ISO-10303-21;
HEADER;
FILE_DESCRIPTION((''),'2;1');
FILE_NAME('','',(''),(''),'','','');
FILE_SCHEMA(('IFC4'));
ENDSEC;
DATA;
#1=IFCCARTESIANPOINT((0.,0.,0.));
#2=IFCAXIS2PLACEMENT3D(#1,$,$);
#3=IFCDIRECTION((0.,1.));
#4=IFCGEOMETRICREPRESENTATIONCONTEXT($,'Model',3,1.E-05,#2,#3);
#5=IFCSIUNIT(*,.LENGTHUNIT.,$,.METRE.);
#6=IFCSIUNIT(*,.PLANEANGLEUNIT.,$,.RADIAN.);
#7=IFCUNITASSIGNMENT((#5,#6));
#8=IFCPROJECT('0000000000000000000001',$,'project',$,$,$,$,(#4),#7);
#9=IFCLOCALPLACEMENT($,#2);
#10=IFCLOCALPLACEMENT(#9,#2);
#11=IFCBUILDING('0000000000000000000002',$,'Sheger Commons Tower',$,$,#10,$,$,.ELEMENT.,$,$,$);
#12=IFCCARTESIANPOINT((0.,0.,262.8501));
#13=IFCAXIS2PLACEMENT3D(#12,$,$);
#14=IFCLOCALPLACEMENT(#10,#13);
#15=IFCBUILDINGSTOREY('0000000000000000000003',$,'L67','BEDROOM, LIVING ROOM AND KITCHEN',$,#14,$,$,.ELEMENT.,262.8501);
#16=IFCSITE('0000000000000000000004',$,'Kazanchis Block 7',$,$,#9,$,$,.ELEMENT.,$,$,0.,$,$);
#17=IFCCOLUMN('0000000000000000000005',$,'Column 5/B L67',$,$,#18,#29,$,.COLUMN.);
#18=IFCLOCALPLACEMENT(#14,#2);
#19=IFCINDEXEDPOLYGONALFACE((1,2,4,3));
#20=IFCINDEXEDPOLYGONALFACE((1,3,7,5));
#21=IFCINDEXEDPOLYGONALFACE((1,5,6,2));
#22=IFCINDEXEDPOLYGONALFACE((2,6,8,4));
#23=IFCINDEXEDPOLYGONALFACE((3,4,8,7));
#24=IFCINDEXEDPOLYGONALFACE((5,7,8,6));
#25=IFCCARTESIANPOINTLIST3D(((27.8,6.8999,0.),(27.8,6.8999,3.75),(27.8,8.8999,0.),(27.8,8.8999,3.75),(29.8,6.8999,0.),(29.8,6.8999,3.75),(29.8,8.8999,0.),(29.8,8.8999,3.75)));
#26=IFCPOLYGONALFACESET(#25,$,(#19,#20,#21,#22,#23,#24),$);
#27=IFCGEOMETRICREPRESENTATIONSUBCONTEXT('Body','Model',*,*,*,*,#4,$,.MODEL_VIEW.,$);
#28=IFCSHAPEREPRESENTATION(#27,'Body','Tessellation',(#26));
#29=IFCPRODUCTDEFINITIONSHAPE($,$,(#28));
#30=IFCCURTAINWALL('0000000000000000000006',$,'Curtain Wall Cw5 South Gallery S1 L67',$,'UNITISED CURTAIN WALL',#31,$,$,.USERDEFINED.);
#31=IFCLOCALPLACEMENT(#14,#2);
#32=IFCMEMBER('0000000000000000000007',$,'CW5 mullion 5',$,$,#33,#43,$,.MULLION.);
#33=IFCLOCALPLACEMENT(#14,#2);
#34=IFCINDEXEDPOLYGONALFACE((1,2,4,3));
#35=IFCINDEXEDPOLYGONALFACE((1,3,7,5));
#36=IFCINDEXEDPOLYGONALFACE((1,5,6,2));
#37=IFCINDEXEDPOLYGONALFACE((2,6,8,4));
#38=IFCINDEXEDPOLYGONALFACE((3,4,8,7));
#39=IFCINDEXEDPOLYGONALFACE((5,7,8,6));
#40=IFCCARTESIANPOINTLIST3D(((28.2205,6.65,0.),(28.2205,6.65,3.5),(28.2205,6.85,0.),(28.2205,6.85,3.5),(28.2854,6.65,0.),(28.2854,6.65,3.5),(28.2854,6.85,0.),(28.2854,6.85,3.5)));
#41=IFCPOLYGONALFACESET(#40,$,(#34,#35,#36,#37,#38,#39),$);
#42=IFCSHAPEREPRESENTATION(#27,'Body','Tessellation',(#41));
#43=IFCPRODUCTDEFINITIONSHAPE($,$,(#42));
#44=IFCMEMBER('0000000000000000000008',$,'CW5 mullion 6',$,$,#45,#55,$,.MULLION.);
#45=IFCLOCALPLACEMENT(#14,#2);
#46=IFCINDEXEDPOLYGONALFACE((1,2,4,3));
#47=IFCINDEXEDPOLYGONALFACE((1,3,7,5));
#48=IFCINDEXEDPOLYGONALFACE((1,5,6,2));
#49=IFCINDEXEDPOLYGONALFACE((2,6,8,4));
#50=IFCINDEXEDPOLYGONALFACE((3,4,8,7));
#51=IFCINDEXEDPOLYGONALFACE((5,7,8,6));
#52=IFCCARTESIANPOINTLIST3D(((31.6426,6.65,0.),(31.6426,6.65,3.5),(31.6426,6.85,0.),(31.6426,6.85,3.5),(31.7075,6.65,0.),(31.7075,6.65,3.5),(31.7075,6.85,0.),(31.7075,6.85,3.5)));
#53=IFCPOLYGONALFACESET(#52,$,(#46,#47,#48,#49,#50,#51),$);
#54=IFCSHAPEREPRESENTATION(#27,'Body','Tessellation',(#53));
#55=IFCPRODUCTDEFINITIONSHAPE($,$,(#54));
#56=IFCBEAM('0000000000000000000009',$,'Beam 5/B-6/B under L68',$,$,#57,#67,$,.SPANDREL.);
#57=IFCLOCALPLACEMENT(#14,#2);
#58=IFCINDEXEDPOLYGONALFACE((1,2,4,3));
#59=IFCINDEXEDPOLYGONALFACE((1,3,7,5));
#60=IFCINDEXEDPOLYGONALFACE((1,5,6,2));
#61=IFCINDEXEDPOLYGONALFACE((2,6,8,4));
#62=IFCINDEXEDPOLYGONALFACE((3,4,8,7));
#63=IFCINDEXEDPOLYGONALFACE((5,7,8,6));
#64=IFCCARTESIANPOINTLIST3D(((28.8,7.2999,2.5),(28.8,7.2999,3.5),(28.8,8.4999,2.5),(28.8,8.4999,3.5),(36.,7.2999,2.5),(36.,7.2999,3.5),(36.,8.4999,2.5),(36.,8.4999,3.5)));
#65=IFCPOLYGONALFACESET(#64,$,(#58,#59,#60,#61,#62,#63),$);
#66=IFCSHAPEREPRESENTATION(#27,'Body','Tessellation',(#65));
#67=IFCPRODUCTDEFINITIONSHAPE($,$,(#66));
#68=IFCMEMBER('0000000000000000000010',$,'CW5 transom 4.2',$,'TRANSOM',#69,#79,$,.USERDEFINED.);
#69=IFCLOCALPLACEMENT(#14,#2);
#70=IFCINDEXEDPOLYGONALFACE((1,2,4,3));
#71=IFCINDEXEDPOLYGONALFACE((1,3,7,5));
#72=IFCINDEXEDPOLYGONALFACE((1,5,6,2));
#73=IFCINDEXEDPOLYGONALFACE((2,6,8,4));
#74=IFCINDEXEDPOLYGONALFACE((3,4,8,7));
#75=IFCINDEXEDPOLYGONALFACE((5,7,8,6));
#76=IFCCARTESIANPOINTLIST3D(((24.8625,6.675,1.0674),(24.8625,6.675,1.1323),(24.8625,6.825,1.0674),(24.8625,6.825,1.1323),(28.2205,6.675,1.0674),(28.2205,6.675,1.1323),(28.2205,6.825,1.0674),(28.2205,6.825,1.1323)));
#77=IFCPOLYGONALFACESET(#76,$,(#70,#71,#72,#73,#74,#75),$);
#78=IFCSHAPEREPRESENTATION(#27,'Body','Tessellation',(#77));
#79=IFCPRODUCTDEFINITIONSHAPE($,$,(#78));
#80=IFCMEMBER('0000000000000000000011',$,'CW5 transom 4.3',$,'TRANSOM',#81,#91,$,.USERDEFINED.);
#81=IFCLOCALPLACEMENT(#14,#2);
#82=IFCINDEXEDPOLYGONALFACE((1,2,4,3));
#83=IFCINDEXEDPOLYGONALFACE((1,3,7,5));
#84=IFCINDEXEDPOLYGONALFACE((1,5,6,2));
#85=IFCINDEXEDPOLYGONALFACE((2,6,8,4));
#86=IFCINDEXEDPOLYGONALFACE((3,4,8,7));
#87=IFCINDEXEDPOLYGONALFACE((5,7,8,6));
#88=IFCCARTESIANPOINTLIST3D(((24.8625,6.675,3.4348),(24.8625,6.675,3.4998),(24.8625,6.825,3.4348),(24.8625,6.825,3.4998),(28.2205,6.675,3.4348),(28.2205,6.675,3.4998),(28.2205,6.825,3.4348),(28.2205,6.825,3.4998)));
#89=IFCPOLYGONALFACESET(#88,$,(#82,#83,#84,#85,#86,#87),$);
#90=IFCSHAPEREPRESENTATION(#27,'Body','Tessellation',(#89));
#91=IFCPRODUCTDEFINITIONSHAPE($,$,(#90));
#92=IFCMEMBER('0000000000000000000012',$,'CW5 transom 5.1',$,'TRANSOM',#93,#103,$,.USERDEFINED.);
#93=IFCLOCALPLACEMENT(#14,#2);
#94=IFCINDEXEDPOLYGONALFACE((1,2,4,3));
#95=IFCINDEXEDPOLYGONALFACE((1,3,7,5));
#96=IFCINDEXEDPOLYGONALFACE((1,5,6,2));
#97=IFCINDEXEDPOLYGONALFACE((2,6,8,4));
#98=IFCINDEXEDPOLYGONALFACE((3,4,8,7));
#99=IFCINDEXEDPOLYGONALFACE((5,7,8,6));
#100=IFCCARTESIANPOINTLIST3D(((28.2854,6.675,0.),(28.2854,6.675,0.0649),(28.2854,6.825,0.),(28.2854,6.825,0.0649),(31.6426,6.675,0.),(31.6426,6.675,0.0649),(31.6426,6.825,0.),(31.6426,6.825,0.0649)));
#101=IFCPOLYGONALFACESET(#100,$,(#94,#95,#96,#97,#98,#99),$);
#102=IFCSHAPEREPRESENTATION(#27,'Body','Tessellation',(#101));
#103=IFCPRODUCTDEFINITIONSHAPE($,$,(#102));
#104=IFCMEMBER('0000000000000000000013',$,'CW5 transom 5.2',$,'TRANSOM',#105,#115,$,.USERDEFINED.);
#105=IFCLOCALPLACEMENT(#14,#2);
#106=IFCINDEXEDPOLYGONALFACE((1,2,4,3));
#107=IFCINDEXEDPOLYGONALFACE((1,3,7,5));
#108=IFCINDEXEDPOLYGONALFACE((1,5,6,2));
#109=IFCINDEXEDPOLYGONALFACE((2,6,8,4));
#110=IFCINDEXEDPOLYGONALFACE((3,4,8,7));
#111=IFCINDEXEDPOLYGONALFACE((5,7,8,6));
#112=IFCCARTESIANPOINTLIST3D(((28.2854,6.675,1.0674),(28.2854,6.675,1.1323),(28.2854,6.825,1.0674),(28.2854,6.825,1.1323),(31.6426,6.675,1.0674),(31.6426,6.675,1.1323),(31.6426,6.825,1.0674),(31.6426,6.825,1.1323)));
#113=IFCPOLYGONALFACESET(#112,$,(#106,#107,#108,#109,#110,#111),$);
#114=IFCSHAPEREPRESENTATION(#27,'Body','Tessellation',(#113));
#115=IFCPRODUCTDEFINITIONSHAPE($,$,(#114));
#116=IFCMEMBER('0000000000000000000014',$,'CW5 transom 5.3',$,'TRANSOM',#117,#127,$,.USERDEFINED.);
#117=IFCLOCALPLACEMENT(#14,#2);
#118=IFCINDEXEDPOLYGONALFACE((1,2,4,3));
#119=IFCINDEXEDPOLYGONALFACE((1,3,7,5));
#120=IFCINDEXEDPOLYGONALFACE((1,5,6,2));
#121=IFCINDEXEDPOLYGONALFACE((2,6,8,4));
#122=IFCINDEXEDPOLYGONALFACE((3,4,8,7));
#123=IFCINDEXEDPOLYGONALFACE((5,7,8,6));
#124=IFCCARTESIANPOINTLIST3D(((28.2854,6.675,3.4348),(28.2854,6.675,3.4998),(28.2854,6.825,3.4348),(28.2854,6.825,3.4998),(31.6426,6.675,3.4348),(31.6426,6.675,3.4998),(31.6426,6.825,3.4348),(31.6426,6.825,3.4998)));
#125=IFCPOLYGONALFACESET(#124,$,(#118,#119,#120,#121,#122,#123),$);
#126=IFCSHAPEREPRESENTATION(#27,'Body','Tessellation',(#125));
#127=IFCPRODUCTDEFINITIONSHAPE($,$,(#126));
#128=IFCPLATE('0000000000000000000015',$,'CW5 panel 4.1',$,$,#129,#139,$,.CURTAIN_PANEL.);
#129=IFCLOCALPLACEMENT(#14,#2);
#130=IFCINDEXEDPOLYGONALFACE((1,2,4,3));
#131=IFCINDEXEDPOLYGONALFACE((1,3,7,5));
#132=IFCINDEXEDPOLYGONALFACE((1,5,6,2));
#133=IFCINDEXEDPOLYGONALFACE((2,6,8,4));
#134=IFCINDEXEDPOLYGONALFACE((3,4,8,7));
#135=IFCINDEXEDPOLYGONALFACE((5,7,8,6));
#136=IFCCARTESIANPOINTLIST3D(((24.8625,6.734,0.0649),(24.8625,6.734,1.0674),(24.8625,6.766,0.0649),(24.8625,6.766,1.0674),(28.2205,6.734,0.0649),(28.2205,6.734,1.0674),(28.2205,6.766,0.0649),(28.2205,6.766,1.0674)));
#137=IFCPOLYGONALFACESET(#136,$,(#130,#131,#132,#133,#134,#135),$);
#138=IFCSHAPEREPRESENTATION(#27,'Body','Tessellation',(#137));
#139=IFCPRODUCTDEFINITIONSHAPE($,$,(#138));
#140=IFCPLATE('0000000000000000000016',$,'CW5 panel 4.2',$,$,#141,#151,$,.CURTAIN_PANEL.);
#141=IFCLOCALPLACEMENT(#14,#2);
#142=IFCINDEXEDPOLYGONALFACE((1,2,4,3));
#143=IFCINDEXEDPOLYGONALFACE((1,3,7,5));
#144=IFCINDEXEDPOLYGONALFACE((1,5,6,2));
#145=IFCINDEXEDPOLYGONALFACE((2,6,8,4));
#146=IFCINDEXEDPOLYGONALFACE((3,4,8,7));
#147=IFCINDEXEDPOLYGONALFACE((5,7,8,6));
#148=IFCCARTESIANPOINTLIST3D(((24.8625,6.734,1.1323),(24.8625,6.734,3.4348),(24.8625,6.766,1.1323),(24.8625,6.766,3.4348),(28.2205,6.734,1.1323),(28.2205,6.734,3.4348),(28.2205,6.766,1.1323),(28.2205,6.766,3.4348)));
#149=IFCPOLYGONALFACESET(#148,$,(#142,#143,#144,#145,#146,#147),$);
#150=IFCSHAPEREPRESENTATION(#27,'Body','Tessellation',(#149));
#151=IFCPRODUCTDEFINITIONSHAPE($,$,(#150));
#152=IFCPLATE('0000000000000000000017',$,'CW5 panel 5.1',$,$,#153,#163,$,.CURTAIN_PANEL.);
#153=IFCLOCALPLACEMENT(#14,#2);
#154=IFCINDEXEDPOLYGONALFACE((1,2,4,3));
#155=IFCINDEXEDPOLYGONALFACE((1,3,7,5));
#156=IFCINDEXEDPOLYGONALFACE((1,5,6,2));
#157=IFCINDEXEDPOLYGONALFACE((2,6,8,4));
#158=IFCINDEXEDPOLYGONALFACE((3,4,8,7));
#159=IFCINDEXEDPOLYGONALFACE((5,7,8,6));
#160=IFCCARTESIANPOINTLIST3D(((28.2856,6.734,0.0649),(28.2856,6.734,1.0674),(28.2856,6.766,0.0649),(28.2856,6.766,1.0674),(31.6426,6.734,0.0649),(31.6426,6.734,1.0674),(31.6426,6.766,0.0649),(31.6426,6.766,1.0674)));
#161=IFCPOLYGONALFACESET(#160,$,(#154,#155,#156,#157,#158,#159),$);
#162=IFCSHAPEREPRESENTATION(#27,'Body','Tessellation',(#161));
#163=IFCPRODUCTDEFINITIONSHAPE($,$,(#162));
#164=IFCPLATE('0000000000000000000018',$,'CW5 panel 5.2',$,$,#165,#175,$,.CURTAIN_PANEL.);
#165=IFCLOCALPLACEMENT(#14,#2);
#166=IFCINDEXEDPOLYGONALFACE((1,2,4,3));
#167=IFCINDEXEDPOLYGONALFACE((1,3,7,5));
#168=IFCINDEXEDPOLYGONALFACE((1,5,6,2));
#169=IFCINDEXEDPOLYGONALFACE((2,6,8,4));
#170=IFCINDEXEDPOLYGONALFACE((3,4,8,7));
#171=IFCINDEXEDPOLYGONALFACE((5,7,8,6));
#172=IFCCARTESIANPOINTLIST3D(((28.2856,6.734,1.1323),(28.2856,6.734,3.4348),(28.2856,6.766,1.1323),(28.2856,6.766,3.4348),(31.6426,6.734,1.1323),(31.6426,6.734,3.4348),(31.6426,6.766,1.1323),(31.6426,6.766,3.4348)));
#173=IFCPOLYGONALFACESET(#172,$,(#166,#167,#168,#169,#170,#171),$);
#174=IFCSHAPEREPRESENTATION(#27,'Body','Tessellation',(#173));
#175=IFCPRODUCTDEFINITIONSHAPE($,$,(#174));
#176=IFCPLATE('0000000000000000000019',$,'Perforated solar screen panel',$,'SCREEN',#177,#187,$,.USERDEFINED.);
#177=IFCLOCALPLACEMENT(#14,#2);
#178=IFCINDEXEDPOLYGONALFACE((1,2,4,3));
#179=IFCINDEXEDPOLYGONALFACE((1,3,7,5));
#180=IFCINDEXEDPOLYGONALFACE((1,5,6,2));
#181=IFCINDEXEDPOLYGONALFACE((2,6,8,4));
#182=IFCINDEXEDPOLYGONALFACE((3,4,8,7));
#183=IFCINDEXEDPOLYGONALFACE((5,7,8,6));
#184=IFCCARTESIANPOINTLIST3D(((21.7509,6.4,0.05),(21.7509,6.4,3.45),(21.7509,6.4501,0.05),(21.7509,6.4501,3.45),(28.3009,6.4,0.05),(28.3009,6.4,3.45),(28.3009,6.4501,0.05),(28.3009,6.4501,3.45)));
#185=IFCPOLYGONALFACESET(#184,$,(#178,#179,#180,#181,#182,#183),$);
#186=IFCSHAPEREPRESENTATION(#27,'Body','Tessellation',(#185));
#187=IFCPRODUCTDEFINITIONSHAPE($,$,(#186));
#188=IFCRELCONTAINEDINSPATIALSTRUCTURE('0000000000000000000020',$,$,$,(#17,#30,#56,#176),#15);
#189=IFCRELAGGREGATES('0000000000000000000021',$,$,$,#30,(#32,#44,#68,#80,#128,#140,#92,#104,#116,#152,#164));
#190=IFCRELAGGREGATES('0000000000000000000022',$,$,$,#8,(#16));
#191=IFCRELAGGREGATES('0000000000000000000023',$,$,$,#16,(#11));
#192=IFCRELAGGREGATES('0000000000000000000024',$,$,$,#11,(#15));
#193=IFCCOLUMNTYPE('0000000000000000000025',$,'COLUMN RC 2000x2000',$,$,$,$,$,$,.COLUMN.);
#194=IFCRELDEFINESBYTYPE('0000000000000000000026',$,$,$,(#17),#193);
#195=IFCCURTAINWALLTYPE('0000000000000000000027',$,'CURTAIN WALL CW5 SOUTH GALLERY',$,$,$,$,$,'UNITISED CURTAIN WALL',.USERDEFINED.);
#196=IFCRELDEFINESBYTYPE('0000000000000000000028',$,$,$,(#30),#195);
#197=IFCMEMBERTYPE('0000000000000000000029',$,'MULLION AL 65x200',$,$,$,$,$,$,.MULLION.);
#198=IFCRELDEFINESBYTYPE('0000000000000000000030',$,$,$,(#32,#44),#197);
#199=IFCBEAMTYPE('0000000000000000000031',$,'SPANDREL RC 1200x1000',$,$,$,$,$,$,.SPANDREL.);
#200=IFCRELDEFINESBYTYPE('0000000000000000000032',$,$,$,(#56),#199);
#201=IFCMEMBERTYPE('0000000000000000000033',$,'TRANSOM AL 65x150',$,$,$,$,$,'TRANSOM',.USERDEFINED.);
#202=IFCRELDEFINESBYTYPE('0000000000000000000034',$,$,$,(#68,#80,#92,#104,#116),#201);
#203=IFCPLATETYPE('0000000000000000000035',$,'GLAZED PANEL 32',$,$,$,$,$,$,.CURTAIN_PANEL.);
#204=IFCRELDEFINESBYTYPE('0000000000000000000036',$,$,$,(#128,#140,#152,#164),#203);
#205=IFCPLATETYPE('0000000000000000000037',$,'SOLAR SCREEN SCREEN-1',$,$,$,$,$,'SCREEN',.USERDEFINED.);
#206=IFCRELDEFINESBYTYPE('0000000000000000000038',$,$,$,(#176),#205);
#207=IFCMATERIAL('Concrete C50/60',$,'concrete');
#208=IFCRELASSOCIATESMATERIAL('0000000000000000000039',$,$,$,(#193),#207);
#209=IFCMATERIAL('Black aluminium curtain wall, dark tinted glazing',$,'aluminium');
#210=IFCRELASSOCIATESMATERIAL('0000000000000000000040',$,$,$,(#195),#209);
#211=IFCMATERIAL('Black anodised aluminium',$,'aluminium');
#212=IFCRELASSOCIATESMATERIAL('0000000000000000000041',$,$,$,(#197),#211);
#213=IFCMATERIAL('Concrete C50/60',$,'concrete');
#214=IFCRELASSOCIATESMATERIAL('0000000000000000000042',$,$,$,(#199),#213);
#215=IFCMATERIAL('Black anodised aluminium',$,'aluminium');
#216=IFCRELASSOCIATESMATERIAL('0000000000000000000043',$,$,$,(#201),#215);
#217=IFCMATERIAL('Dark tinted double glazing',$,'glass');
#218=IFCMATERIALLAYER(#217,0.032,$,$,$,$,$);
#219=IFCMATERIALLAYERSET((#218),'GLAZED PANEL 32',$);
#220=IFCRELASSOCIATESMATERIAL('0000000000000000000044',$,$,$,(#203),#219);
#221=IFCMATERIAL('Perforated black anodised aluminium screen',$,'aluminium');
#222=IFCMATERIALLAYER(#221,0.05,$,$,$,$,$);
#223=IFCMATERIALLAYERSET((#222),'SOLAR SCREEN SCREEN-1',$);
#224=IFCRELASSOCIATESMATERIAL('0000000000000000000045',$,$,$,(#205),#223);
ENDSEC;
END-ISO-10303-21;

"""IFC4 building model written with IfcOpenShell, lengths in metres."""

from ifc_helpers import new_model, si_unit, direction, frame, origin, origin_2d, place, context, subcontext, project, spatial, rectangle, extrude, material, layer, layer_set, material_profile, profile_set, type_object, element, aggregate, save


model = new_model("IFC4")

# Units and contexts
model_context = context("Model", 3, precision=1e-05, world=origin(), true_north=direction((0.0, 1.0)))
body_context = subcontext(model_context, "Body", "Model", "MODEL_VIEW")
ifc_project = project(units=[si_unit("LENGTHUNIT", "METRE"), si_unit("PLANEANGLEUNIT", "RADIAN")], contexts=[model_context])

# Site, building, storey
site_placement = place(None, origin())
site = spatial("IfcSite", under=ifc_project, at=site_placement, Name="Kazanchis Block 7", CompositionType="ELEMENT", RefElevation=0.0)
building_placement = place(site_placement, origin())
building = spatial("IfcBuilding", under=site, at=building_placement, Name="Sheger Commons Tower", CompositionType="ELEMENT")
storey_placement = place(building_placement, frame((0.0, 0.0, 262.8501)))
storey = spatial("IfcBuildingStorey", under=building, at=storey_placement, Name="L67", Description="BEDROOM, LIVING ROOM AND KITCHEN", CompositionType="ELEMENT", Elevation=262.8501)

# Column
ifc_material_1 = material(Name="Concrete C50/60", Category="concrete")
ifc_material_profile_1 = material_profile(ifc_material_1, rectangle(XDim=2.0, YDim=2.0, at=origin_2d()), Name="RC 2000x2000")
ifc_profile_set_1 = profile_set([ifc_material_profile_1], Name="Concrete C50/60")
column_type = type_object("IfcColumnType", Name="COLUMN RC 2000x2000", PredefinedType="COLUMN", material=ifc_profile_set_1)
column_placement = place(storey_placement, frame((28.8, 7.8999, 0.0), z_axis=(0.0, 0.0, 1.0), x_axis=(1.0, 0.0, 0.0)))
element("IfcColumn", 1, at=column_placement, inside=storey, type_object=column_type, Name="Column 5/B L67", PredefinedType="COLUMN", context=body_context, shape_type="SweptSolid", body=[
    extrude(rectangle(XDim=2.0, YDim=2.0, at=origin_2d()), origin(), (0.0, 0.0, 1.0), 3.75),
])

# Curtain wall, members
ifc_material_2 = material(Name="Black aluminium curtain wall, dark tinted glazing", Category="aluminium")
curtain_wall_type = type_object("IfcCurtainWallType", Name="CURTAIN WALL CW5 SOUTH GALLERY", ElementType="UNITISED CURTAIN WALL", PredefinedType="USERDEFINED", material=ifc_material_2)
curtain_wall_placement = place(storey_placement, origin())
curtain_wall = element("IfcCurtainWall", 2, at=curtain_wall_placement, inside=storey, type_object=curtain_wall_type, Name="Curtain Wall Cw5 South Gallery S1 L67", ObjectType="UNITISED CURTAIN WALL", PredefinedType="USERDEFINED")
ifc_material_3 = material(Name="Black anodised aluminium", Category="aluminium")
ifc_material_profile_2 = material_profile(ifc_material_3, rectangle(XDim=0.2, YDim=0.0649, at=origin_2d()), Name="AL 65x200")
ifc_profile_set_2 = profile_set([ifc_material_profile_2], Name="Black anodised aluminium")
member_type_1 = type_object("IfcMemberType", Name="MULLION AL 65x200", PredefinedType="MULLION", material=ifc_profile_set_2)
member_1_placement = place(storey_placement, frame((28.2529, 6.75, 0.0), z_axis=(0.0, 0.0, 1.0), x_axis=(0.0, 1.0, 0.0)))
member_1 = element("IfcMember", 3, at=member_1_placement, type_object=member_type_1, Name="CW5 mullion 5", PredefinedType="MULLION", context=body_context, shape_type="SweptSolid", body=[
    extrude(rectangle(XDim=0.2, YDim=0.0649, at=origin_2d()), origin(), (0.0, 0.0, 1.0), 3.5),
])
member_2_placement = place(storey_placement, frame((31.675, 6.75, 0.0), z_axis=(0.0, 0.0, 1.0), x_axis=(0.0, 1.0, 0.0)))
member_2 = element("IfcMember", 4, at=member_2_placement, type_object=member_type_1, Name="CW5 mullion 6", PredefinedType="MULLION", context=body_context, shape_type="SweptSolid", body=[
    extrude(rectangle(XDim=0.2, YDim=0.0649, at=origin_2d()), origin(), (0.0, 0.0, 1.0), 3.5),
])

# Beam
ifc_material_4 = material(Name="Concrete C50/60", Category="concrete")
ifc_material_profile_3 = material_profile(ifc_material_4, rectangle(XDim=1.2, YDim=1.0, at=origin_2d()), Name="RC 1200x1000")
ifc_profile_set_3 = profile_set([ifc_material_profile_3], Name="Concrete C50/60")
beam_type = type_object("IfcBeamType", Name="SPANDREL RC 1200x1000", PredefinedType="SPANDREL", material=ifc_profile_set_3)
beam_placement = place(storey_placement, frame((28.8, 7.8999, 3.0), z_axis=(1.0, 0.0, 0.0), x_axis=(0.0, 1.0, 0.0)))
element("IfcBeam", 5, at=beam_placement, inside=storey, type_object=beam_type, Name="Beam 5/B-6/B under L68", PredefinedType="SPANDREL", context=body_context, shape_type="SweptSolid", body=[
    extrude(rectangle(XDim=1.2, YDim=1.0, at=origin_2d()), origin(), (0.0, 0.0, 1.0), 7.2),
])

# Members
ifc_material_5 = material(Name="Black anodised aluminium", Category="aluminium")
ifc_material_profile_4 = material_profile(ifc_material_5, rectangle(XDim=0.1499, YDim=0.0649, at=origin_2d()), Name="AL 65x150")
ifc_profile_set_4 = profile_set([ifc_material_profile_4], Name="Black anodised aluminium")
member_type_2 = type_object("IfcMemberType", Name="TRANSOM AL 65x150", ElementType="TRANSOM", PredefinedType="USERDEFINED", material=ifc_profile_set_4)
member_3_placement = place(storey_placement, frame((24.8625, 6.75, 1.0999), z_axis=(1.0, 0.0, 0.0), x_axis=(0.0, 1.0, 0.0)))
member_3 = element("IfcMember", 6, at=member_3_placement, type_object=member_type_2, Name="CW5 transom 4.2", ObjectType="TRANSOM", PredefinedType="USERDEFINED", context=body_context, shape_type="SweptSolid", body=[
    extrude(rectangle(XDim=0.1499, YDim=0.0649, at=origin_2d()), origin(), (0.0, 0.0, 1.0), 3.3579),
])
member_4_placement = place(storey_placement, frame((24.8625, 6.75, 3.4673), z_axis=(1.0, 0.0, 0.0), x_axis=(0.0, 1.0, 0.0)))
member_4 = element("IfcMember", 7, at=member_4_placement, type_object=member_type_2, Name="CW5 transom 4.3", ObjectType="TRANSOM", PredefinedType="USERDEFINED", context=body_context, shape_type="SweptSolid", body=[
    extrude(rectangle(XDim=0.1499, YDim=0.0649, at=origin_2d()), origin(), (0.0, 0.0, 1.0), 3.3579),
])
member_5_placement = place(storey_placement, frame((28.2854, 6.75, 0.0325), z_axis=(1.0, 0.0, 0.0), x_axis=(0.0, 1.0, 0.0)))
member_5 = element("IfcMember", 8, at=member_5_placement, type_object=member_type_2, Name="CW5 transom 5.1", ObjectType="TRANSOM", PredefinedType="USERDEFINED", context=body_context, shape_type="SweptSolid", body=[
    extrude(rectangle(XDim=0.1499, YDim=0.0649, at=origin_2d()), origin(), (0.0, 0.0, 1.0), 3.3572),
])
member_6_placement = place(storey_placement, frame((28.2854, 6.75, 1.0999), z_axis=(1.0, 0.0, 0.0), x_axis=(0.0, 1.0, 0.0)))
member_6 = element("IfcMember", 9, at=member_6_placement, type_object=member_type_2, Name="CW5 transom 5.2", ObjectType="TRANSOM", PredefinedType="USERDEFINED", context=body_context, shape_type="SweptSolid", body=[
    extrude(rectangle(XDim=0.1499, YDim=0.0649, at=origin_2d()), origin(), (0.0, 0.0, 1.0), 3.3572),
])
member_7_placement = place(storey_placement, frame((28.2854, 6.75, 3.4673), z_axis=(1.0, 0.0, 0.0), x_axis=(0.0, 1.0, 0.0)))
member_7 = element("IfcMember", 10, at=member_7_placement, type_object=member_type_2, Name="CW5 transom 5.3", ObjectType="TRANSOM", PredefinedType="USERDEFINED", context=body_context, shape_type="SweptSolid", body=[
    extrude(rectangle(XDim=0.1499, YDim=0.0649, at=origin_2d()), origin(), (0.0, 0.0, 1.0), 3.3572),
])

# Plates
ifc_material_6 = material(Name="Dark tinted double glazing", Category="glass")
ifc_layer_1 = layer(ifc_material_6, 0.032)
ifc_layer_set_1 = layer_set([ifc_layer_1], Name="GLAZED PANEL 32")
plate_type_1 = type_object("IfcPlateType", Name="GLAZED PANEL 32", PredefinedType="CURTAIN_PANEL", material=ifc_layer_set_1)
plate_1_placement = place(storey_placement, frame((26.5415, 6.75, 0.0649), z_axis=(0.0, 0.0, 1.0), x_axis=(1.0, 0.0, 0.0)))
plate_1 = element("IfcPlate", 11, at=plate_1_placement, type_object=plate_type_1, Name="CW5 panel 4.1", PredefinedType="CURTAIN_PANEL", context=body_context, shape_type="SweptSolid", body=[
    extrude(rectangle(XDim=3.3579, YDim=0.032, at=origin_2d()), origin(), (0.0, 0.0, 1.0), 1.0024),
])
plate_2_placement = place(storey_placement, frame((26.5415, 6.75, 1.1323), z_axis=(0.0, 0.0, 1.0), x_axis=(1.0, 0.0, 0.0)))
plate_2 = element("IfcPlate", 12, at=plate_2_placement, type_object=plate_type_1, Name="CW5 panel 4.2", PredefinedType="CURTAIN_PANEL", context=body_context, shape_type="SweptSolid", body=[
    extrude(rectangle(XDim=3.3579, YDim=0.032, at=origin_2d()), origin(), (0.0, 0.0, 1.0), 2.3025),
])
plate_3_placement = place(storey_placement, frame((29.9641, 6.75, 0.0649), z_axis=(0.0, 0.0, 1.0), x_axis=(1.0, 0.0, 0.0)))
plate_3 = element("IfcPlate", 13, at=plate_3_placement, type_object=plate_type_1, Name="CW5 panel 5.1", PredefinedType="CURTAIN_PANEL", context=body_context, shape_type="SweptSolid", body=[
    extrude(rectangle(XDim=3.3569, YDim=0.032, at=origin_2d()), origin(), (0.0, 0.0, 1.0), 1.0024),
])
plate_4_placement = place(storey_placement, frame((29.9641, 6.75, 1.1323), z_axis=(0.0, 0.0, 1.0), x_axis=(1.0, 0.0, 0.0)))
plate_4 = element("IfcPlate", 14, at=plate_4_placement, type_object=plate_type_1, Name="CW5 panel 5.2", PredefinedType="CURTAIN_PANEL", context=body_context, shape_type="SweptSolid", body=[
    extrude(rectangle(XDim=3.3569, YDim=0.032, at=origin_2d()), origin(), (0.0, 0.0, 1.0), 2.3025),
])
aggregate(curtain_wall, [member_1, member_2, member_3, member_4, plate_1, plate_2, member_5, member_6, member_7, plate_3, plate_4])

# Plate
ifc_material_7 = material(Name="Perforated black anodised aluminium screen", Category="aluminium")
ifc_layer_2 = layer(ifc_material_7, 0.05)
ifc_layer_set_2 = layer_set([ifc_layer_2], Name="SOLAR SCREEN SCREEN-1")
plate_type_2 = type_object("IfcPlateType", Name="SOLAR SCREEN SCREEN-1", ElementType="SCREEN", PredefinedType="USERDEFINED", material=ifc_layer_set_2)
for number, where, z_axis, x_axis, name in (
    (15, (25.0259, 6.425, 0.05), (0.0, 0.0, 1.0), (1.0, 0.0, 0.0), "Perforated solar screen panel"),
):
    element("IfcPlate", number, at=place(storey_placement, frame(where, z_axis=z_axis, x_axis=x_axis)), inside=storey, type_object=plate_type_2, Name=name, ObjectType="SCREEN", PredefinedType="USERDEFINED", context=body_context, shape_type="SweptSolid", body=[
        extrude(rectangle(XDim=6.55, YDim=0.05, at=origin_2d()), origin(), (0.0, 0.0, 1.0), 3.3999),
    ])

save(model, "model.ifc")
